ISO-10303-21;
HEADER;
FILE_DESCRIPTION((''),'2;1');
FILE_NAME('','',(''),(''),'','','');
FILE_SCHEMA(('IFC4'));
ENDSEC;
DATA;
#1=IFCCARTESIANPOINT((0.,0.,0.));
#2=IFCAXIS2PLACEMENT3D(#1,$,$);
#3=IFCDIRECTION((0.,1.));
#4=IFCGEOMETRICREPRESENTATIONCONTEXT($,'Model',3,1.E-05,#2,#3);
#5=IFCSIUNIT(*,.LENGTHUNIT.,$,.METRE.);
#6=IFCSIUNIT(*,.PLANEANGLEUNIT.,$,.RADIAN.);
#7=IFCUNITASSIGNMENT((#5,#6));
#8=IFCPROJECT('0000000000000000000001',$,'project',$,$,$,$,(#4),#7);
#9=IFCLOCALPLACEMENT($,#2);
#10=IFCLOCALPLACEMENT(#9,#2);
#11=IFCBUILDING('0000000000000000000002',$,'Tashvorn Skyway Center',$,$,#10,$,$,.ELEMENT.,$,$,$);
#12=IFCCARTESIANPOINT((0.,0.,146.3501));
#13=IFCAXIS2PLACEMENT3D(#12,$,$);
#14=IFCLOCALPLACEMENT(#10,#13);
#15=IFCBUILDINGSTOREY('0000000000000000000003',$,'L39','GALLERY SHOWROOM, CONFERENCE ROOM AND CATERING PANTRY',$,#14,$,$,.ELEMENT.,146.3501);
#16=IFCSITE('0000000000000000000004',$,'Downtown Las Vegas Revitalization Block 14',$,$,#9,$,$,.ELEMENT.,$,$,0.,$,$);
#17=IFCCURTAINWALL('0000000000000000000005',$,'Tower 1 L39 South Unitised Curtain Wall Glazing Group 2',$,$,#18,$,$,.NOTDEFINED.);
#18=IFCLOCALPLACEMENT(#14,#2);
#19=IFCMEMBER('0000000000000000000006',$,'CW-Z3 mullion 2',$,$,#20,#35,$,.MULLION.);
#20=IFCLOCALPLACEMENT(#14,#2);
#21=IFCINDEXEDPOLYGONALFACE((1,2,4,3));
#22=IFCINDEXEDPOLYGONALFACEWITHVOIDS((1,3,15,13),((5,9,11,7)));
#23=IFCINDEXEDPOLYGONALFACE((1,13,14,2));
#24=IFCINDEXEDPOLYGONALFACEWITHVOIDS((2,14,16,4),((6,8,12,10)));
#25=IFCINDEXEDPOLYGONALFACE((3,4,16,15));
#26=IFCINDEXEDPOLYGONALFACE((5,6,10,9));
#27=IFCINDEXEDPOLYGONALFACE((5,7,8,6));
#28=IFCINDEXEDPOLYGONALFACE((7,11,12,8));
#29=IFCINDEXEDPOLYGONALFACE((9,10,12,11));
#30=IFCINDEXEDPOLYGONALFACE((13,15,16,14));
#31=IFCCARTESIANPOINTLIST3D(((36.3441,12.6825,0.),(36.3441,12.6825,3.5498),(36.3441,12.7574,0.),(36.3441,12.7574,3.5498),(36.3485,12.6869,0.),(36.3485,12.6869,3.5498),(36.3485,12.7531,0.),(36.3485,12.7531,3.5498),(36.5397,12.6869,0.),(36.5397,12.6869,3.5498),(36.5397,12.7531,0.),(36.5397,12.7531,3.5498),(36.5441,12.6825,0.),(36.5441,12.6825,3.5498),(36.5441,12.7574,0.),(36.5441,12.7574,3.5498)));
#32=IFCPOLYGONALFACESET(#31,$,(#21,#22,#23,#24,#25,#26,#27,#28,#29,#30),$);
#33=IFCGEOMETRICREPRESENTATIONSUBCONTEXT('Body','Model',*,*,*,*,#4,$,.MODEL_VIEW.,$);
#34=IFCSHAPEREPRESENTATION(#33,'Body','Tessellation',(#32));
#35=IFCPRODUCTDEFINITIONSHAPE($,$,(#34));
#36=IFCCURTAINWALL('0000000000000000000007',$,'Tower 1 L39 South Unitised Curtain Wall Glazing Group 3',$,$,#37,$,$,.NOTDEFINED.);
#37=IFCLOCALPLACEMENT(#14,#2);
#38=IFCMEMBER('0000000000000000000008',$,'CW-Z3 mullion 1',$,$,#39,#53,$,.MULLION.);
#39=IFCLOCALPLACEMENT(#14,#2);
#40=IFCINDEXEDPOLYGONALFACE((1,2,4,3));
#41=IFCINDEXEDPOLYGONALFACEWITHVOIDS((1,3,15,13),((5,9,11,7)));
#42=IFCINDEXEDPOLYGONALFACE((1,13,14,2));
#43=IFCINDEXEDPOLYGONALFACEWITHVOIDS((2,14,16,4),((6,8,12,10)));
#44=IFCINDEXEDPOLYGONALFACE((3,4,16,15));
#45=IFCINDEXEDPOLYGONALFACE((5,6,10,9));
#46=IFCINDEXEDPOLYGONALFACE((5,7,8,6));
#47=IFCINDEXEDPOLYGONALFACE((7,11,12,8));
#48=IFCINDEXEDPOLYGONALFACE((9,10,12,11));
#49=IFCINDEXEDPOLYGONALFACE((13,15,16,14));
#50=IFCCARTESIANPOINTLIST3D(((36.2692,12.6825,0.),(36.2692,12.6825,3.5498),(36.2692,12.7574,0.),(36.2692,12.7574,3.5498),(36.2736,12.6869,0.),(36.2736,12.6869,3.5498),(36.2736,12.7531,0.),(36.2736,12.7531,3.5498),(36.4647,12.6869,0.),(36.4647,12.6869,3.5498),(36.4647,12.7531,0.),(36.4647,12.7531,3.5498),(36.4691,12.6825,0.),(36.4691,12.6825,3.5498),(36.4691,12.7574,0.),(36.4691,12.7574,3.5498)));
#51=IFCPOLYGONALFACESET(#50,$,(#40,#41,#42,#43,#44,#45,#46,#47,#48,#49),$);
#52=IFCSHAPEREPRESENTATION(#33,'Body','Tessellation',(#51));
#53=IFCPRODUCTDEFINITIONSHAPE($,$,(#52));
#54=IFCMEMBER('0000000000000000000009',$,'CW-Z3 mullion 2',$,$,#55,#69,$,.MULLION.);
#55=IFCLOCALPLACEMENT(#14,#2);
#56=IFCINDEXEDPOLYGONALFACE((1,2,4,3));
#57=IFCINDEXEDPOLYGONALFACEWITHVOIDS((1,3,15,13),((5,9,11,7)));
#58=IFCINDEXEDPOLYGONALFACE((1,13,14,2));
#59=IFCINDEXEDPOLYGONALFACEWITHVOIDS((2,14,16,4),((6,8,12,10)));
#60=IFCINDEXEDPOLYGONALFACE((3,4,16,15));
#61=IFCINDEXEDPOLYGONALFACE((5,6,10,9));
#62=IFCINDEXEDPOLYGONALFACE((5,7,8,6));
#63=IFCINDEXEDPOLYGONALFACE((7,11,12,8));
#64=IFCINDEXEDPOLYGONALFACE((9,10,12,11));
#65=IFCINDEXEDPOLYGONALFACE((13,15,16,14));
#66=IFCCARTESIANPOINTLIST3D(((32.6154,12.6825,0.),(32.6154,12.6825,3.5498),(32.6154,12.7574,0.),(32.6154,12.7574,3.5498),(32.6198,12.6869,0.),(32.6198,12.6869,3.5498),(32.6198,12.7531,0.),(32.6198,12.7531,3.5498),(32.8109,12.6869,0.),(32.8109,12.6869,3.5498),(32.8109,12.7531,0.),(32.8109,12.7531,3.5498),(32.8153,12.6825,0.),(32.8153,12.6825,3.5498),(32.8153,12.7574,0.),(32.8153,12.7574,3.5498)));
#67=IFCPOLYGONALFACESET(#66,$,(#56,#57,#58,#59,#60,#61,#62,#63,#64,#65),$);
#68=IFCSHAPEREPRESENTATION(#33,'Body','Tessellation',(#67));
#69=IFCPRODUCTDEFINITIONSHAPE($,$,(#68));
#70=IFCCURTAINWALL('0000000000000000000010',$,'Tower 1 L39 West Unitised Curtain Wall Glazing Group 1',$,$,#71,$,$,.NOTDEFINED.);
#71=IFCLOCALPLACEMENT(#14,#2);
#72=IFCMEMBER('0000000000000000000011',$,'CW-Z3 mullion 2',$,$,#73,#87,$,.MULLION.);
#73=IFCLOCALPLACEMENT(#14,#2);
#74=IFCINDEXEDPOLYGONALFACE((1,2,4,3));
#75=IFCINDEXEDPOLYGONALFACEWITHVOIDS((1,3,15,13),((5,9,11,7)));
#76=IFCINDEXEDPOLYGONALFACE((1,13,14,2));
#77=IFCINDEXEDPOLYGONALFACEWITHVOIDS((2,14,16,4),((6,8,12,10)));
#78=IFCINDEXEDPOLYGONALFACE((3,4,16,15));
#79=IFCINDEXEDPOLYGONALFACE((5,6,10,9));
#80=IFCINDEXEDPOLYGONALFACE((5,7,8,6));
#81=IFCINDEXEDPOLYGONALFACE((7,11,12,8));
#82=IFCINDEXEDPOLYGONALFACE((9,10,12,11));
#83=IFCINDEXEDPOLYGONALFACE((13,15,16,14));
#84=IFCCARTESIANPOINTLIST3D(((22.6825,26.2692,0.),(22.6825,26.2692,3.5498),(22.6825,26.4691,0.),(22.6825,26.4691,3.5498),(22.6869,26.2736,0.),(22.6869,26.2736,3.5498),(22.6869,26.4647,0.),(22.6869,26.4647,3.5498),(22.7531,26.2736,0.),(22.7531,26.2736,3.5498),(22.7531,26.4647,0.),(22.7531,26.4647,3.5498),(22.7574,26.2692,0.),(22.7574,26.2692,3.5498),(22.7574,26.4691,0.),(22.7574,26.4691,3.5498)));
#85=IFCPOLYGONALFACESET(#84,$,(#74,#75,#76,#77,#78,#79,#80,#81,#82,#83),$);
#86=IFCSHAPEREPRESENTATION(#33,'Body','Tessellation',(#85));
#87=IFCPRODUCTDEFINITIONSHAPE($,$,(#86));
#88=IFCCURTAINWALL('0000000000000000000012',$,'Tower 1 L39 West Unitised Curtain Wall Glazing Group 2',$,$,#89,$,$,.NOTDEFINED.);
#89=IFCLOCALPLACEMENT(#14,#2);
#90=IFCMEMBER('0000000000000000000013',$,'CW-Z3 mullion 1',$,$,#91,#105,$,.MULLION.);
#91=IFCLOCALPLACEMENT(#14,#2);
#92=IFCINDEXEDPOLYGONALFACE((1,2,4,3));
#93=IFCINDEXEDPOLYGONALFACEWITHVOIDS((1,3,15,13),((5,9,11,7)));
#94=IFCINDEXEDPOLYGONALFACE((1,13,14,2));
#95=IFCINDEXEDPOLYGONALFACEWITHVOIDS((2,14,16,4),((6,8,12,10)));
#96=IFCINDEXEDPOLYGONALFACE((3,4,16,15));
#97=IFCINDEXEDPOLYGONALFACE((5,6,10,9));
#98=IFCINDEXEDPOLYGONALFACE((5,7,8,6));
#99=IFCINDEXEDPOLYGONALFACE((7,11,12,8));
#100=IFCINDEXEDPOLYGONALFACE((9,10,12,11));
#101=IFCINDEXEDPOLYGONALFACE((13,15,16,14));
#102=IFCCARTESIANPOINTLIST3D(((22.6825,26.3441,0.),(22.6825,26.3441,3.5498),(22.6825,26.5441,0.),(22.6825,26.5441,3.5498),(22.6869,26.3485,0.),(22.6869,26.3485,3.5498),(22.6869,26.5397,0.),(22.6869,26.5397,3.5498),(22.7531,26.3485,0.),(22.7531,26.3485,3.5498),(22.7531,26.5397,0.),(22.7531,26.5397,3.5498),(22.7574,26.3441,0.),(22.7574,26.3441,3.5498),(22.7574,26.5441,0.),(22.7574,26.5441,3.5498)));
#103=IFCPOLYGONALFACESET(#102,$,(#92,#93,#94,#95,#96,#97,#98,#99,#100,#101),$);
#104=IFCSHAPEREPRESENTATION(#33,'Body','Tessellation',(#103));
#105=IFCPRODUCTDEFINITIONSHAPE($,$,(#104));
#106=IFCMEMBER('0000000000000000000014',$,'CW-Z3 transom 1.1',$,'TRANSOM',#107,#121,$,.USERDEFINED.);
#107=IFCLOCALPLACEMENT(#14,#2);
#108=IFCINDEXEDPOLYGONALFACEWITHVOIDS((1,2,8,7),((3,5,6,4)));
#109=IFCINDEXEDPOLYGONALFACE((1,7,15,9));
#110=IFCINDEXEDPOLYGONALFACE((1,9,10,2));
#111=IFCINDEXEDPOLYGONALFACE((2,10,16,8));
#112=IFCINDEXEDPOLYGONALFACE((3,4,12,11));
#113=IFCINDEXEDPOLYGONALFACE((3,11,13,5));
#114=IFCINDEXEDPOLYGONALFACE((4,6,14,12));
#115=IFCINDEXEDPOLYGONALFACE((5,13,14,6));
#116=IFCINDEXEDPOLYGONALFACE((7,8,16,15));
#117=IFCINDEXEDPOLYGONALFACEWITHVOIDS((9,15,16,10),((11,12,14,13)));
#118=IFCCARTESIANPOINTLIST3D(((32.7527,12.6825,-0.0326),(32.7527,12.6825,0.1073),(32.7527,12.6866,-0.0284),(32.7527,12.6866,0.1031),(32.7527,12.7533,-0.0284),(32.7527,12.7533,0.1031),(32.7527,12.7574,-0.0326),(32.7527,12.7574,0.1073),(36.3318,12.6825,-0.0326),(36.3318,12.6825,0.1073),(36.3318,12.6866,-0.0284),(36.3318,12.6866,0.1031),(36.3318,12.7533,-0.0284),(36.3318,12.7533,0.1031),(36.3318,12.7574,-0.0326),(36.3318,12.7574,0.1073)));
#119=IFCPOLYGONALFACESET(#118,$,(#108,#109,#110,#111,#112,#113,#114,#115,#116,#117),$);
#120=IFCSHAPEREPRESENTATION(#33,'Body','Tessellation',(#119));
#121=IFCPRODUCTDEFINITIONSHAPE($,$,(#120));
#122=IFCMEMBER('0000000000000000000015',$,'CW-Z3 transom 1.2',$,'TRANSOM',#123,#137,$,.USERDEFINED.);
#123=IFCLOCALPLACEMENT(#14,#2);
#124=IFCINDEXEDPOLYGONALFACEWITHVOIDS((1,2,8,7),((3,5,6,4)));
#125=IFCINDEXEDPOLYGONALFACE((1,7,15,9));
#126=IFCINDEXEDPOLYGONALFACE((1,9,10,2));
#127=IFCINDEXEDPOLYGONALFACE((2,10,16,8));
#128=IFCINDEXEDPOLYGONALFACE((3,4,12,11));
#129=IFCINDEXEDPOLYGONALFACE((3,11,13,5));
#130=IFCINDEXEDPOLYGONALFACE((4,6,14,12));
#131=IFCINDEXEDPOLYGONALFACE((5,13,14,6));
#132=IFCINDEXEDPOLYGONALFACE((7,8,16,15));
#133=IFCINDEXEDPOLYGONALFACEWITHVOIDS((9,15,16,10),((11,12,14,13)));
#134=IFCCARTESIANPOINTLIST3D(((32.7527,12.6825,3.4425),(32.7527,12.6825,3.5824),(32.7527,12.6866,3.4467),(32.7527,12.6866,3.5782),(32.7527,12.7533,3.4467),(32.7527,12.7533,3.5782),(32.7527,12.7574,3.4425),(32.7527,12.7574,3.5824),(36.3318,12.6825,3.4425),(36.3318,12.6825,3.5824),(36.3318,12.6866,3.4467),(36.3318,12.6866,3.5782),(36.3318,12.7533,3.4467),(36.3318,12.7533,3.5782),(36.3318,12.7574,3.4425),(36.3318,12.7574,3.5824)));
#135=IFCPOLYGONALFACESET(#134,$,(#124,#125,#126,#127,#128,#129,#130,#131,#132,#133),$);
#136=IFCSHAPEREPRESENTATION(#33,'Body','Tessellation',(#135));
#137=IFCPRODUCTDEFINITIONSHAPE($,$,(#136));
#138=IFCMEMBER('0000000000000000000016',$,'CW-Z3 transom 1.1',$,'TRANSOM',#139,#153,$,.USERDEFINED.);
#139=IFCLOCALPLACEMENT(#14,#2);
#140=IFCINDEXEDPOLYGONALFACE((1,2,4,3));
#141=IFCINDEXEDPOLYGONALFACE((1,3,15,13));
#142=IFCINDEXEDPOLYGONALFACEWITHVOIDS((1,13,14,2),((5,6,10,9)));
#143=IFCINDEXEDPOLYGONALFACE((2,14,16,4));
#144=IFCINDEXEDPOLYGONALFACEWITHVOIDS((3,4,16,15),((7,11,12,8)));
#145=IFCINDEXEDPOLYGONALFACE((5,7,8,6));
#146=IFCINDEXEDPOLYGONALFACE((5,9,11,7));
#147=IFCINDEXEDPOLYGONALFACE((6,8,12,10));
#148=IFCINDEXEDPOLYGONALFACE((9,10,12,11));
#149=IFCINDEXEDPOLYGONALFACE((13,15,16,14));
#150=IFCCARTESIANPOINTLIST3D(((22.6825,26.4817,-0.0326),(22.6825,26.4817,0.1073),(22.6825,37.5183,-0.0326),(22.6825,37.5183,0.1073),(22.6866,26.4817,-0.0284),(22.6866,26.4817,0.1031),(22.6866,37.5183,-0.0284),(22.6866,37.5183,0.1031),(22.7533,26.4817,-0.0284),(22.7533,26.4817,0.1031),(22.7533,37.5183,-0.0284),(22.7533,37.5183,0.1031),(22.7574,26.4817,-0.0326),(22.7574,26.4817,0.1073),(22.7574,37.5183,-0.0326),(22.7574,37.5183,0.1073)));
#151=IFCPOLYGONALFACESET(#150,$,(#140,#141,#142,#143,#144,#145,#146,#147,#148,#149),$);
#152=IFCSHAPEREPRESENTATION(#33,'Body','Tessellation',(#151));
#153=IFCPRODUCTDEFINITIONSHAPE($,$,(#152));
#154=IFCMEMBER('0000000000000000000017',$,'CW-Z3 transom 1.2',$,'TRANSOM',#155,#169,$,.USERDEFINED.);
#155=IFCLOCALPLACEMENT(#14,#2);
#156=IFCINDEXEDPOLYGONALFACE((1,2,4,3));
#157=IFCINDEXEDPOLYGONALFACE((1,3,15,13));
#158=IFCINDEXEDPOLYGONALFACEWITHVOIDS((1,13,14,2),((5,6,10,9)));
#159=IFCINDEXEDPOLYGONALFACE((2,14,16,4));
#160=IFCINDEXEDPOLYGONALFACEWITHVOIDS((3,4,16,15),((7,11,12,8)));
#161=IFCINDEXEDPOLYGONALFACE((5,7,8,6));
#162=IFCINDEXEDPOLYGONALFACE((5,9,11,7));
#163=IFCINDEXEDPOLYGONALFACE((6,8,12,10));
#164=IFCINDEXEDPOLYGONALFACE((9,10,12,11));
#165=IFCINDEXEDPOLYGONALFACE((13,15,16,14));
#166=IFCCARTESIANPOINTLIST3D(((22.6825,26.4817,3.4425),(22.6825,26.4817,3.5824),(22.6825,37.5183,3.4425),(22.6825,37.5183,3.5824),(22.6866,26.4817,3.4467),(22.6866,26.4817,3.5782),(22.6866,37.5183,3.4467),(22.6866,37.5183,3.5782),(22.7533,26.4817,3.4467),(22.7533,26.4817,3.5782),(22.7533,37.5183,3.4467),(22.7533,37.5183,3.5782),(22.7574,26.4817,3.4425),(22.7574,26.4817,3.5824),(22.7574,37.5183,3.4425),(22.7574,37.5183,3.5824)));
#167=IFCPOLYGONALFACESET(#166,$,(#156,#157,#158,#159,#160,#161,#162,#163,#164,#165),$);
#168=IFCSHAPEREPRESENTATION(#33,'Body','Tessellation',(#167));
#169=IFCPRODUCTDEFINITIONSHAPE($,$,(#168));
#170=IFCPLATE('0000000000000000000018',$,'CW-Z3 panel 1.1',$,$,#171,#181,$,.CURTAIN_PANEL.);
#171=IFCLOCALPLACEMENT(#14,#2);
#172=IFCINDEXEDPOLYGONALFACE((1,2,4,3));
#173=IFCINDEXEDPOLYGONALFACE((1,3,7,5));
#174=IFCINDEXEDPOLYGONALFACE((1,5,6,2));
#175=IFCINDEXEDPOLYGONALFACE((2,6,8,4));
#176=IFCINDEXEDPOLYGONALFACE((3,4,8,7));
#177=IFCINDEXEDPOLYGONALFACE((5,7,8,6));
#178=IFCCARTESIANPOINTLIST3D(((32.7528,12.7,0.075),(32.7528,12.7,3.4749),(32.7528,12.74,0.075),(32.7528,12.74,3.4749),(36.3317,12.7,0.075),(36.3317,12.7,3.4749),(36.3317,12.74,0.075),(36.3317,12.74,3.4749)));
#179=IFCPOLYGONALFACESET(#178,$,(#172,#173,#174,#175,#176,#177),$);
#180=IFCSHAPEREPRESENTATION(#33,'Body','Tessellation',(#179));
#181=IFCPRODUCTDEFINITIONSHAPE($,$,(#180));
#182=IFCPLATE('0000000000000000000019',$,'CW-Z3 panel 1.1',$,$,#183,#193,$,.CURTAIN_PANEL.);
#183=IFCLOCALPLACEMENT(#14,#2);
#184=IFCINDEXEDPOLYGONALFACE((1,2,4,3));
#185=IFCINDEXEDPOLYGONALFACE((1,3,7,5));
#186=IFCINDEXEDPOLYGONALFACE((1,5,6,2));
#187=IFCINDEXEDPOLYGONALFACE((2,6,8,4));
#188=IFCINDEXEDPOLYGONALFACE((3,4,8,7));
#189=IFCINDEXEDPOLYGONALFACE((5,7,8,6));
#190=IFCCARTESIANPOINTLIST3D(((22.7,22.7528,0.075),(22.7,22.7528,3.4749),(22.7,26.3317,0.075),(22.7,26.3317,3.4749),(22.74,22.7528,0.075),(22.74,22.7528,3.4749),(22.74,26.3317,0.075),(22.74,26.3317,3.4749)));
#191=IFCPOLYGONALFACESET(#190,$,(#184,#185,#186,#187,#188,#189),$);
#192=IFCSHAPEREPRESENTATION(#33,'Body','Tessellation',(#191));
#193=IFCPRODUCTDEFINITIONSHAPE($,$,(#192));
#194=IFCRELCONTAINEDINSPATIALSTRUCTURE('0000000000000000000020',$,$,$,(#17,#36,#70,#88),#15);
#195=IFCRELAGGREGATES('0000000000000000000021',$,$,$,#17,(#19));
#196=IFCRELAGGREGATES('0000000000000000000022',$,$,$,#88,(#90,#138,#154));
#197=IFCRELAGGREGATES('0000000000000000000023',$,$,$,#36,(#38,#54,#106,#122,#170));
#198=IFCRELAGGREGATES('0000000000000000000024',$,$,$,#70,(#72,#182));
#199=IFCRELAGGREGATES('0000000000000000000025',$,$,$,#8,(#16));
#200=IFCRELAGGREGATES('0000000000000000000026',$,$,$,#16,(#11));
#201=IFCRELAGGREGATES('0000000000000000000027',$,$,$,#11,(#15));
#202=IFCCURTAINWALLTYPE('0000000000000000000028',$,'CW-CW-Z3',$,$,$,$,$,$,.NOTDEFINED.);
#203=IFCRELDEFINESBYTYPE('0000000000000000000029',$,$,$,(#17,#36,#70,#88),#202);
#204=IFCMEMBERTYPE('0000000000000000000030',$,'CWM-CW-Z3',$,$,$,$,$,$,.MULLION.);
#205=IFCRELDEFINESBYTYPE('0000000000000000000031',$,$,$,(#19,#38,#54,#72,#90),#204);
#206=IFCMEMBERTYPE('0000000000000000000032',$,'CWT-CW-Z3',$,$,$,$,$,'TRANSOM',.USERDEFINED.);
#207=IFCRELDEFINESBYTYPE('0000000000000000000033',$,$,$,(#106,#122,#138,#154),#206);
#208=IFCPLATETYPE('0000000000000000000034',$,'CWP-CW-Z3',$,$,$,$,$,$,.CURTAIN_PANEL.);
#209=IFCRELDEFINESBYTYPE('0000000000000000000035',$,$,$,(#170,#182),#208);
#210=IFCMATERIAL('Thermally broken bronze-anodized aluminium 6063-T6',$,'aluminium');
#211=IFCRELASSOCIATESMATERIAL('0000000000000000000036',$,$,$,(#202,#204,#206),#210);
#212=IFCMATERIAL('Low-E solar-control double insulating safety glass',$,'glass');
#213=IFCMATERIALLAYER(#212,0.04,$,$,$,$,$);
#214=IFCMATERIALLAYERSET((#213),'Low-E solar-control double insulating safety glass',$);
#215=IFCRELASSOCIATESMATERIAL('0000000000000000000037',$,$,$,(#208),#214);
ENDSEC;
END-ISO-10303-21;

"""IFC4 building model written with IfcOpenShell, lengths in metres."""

from ifc_helpers import new_model, si_unit, direction, frame, origin, origin_2d, place, context, subcontext, project, spatial, rectangle, hollow_rectangle, extrude, material, layer, layer_set, material_profile, profile_set, type_object, element, aggregate, save


model = new_model("IFC4")

# Units and contexts
model_context = context("Model", 3, precision=1e-05, world=origin(), true_north=direction((0.0, 1.0)))
body_context = subcontext(model_context, "Body", "Model", "MODEL_VIEW")
ifc_project = project(units=[si_unit("LENGTHUNIT", "METRE"), si_unit("PLANEANGLEUNIT", "RADIAN")], contexts=[model_context])

# Site, building, storey
site_placement = place(None, origin())
site = spatial("IfcSite", under=ifc_project, at=site_placement, Name="Downtown Las Vegas Revitalization Block 14", CompositionType="ELEMENT", RefElevation=0.0)
building_placement = place(site_placement, origin())
building = spatial("IfcBuilding", under=site, at=building_placement, Name="Tashvorn Skyway Center", CompositionType="ELEMENT")
storey_placement = place(building_placement, frame((0.0, 0.0, 146.3501)))
storey = spatial("IfcBuildingStorey", under=building, at=storey_placement, Name="L39", Description="GALLERY SHOWROOM, CONFERENCE ROOM AND CATERING PANTRY", CompositionType="ELEMENT", Elevation=146.3501)

# Curtain wall, member
ifc_material_1 = material(Name="Thermally broken bronze-anodized aluminium 6063-T6", Category="aluminium")
curtain_wall_type = type_object("IfcCurtainWallType", Name="CW-CW-Z3", PredefinedType="NOTDEFINED", material=ifc_material_1)
curtain_wall_1_placement = place(storey_placement, origin())
curtain_wall_1 = element("IfcCurtainWall", 1, at=curtain_wall_1_placement, inside=storey, type_object=curtain_wall_type, Name="Tower 1 L39 South Unitised Curtain Wall Glazing Group 2", PredefinedType="NOTDEFINED")
ifc_material_profile_1 = material_profile(ifc_material_1, hollow_rectangle(XDim=0.075, YDim=0.2, WallThickness=0.0044, at=origin_2d()), Name="ALU-MULL-75x200")
ifc_profile_set_1 = profile_set([ifc_material_profile_1], Name="Thermally broken bronze-anodized aluminium 6063-T6")
member_type_1 = type_object("IfcMemberType", Name="CWM-CW-Z3", PredefinedType="MULLION", material=ifc_profile_set_1)
member_1_placement = place(storey_placement, frame((36.4441, 12.72, 0.0), z_axis=(0.0, 0.0, 1.0), x_axis=(0.0, -1.0, 0.0)))
member_1 = element("IfcMember", 2, at=member_1_placement, type_object=member_type_1, Name="CW-Z3 mullion 2", PredefinedType="MULLION", context=body_context, shape_type="SweptSolid", body=[
    extrude(hollow_rectangle(XDim=0.075, YDim=0.2, WallThickness=0.0044, at=origin_2d()), origin(), (0.0, 0.0, 1.0), 3.5498),
])
aggregate(curtain_wall_1, [member_1])

# Curtain wall, members
curtain_wall_2_placement = place(storey_placement, origin())
curtain_wall_2 = element("IfcCurtainWall", 3, at=curtain_wall_2_placement, inside=storey, type_object=curtain_wall_type, Name="Tower 1 L39 South Unitised Curtain Wall Glazing Group 3", PredefinedType="NOTDEFINED")
member_2_placement = place(storey_placement, frame((36.3691, 12.72, 0.0), z_axis=(0.0, 0.0, 1.0), x_axis=(0.0, -1.0, 0.0)))
member_2 = element("IfcMember", 4, at=member_2_placement, type_object=member_type_1, Name="CW-Z3 mullion 1", PredefinedType="MULLION", context=body_context, shape_type="SweptSolid", body=[
    extrude(hollow_rectangle(XDim=0.075, YDim=0.2, WallThickness=0.0044, at=origin_2d()), origin(), (0.0, 0.0, 1.0), 3.5498),
])
member_3_placement = place(storey_placement, frame((32.7153, 12.72, 0.0), z_axis=(0.0, 0.0, 1.0), x_axis=(0.0, -1.0, 0.0)))
member_3 = element("IfcMember", 5, at=member_3_placement, type_object=member_type_1, Name="CW-Z3 mullion 2", PredefinedType="MULLION", context=body_context, shape_type="SweptSolid", body=[
    extrude(hollow_rectangle(XDim=0.075, YDim=0.2, WallThickness=0.0044, at=origin_2d()), origin(), (0.0, 0.0, 1.0), 3.5498),
])

# Curtain walls, members
curtain_wall_3_placement = place(storey_placement, origin())
curtain_wall_3 = element("IfcCurtainWall", 6, at=curtain_wall_3_placement, inside=storey, type_object=curtain_wall_type, Name="Tower 1 L39 West Unitised Curtain Wall Glazing Group 1", PredefinedType="NOTDEFINED")
member_4_placement = place(storey_placement, frame((22.72, 26.3691, 0.0), z_axis=(0.0, 0.0, 1.0), x_axis=(-1.0, 0.0, 0.0)))
member_4 = element("IfcMember", 7, at=member_4_placement, type_object=member_type_1, Name="CW-Z3 mullion 2", PredefinedType="MULLION", context=body_context, shape_type="SweptSolid", body=[
    extrude(hollow_rectangle(XDim=0.075, YDim=0.2, WallThickness=0.0044, at=origin_2d()), origin(), (0.0, 0.0, 1.0), 3.5498),
])
curtain_wall_4_placement = place(storey_placement, origin())
curtain_wall_4 = element("IfcCurtainWall", 8, at=curtain_wall_4_placement, inside=storey, type_object=curtain_wall_type, Name="Tower 1 L39 West Unitised Curtain Wall Glazing Group 2", PredefinedType="NOTDEFINED")
member_5_placement = place(storey_placement, frame((22.72, 26.4441, 0.0), z_axis=(0.0, 0.0, 1.0), x_axis=(-1.0, 0.0, 0.0)))
member_5 = element("IfcMember", 9, at=member_5_placement, type_object=member_type_1, Name="CW-Z3 mullion 1", PredefinedType="MULLION", context=body_context, shape_type="SweptSolid", body=[
    extrude(hollow_rectangle(XDim=0.075, YDim=0.2, WallThickness=0.0044, at=origin_2d()), origin(), (0.0, 0.0, 1.0), 3.5498),
])

# Members
ifc_material_profile_2 = material_profile(ifc_material_1, hollow_rectangle(XDim=0.075, YDim=0.1399, WallThickness=0.0042, at=origin_2d()), Name="ALU-TRAN-75x140")
ifc_profile_set_2 = profile_set([ifc_material_profile_2], Name="Thermally broken bronze-anodized aluminium 6063-T6")
member_type_2 = type_object("IfcMemberType", Name="CWT-CW-Z3", ElementType="TRANSOM", PredefinedType="USERDEFINED", material=ifc_profile_set_2)
member_6_placement = place(storey_placement, frame((36.3318, 12.72, 0.0374), z_axis=(-1.0, 0.0, 0.0), x_axis=(0.0, -1.0, 0.0)))
member_6 = element("IfcMember", 10, at=member_6_placement, type_object=member_type_2, Name="CW-Z3 transom 1.1", ObjectType="TRANSOM", PredefinedType="USERDEFINED", context=body_context, shape_type="SweptSolid", body=[
    extrude(hollow_rectangle(XDim=0.075, YDim=0.1399, WallThickness=0.0042, at=origin_2d()), origin(), (0.0, 0.0, 1.0), 3.5791),
])
member_7_placement = place(storey_placement, frame((36.3318, 12.72, 3.5125), z_axis=(-1.0, 0.0, 0.0), x_axis=(0.0, -1.0, 0.0)))
member_7 = element("IfcMember", 11, at=member_7_placement, type_object=member_type_2, Name="CW-Z3 transom 1.2", ObjectType="TRANSOM", PredefinedType="USERDEFINED", context=body_context, shape_type="SweptSolid", body=[
    extrude(hollow_rectangle(XDim=0.075, YDim=0.1399, WallThickness=0.0042, at=origin_2d()), origin(), (0.0, 0.0, 1.0), 3.5791),
])
member_8_placement = place(storey_placement, frame((22.72, 26.4817, 0.0374), z_axis=(0.0, 1.0, 0.0), x_axis=(-1.0, 0.0, 0.0)))
member_8 = element("IfcMember", 12, at=member_8_placement, type_object=member_type_2, Name="CW-Z3 transom 1.1", ObjectType="TRANSOM", PredefinedType="USERDEFINED", context=body_context, shape_type="SweptSolid", body=[
    extrude(hollow_rectangle(XDim=0.075, YDim=0.1399, WallThickness=0.0042, at=origin_2d()), origin(), (0.0, 0.0, 1.0), 11.0366),
])
member_9_placement = place(storey_placement, frame((22.72, 26.4817, 3.5125), z_axis=(0.0, 1.0, 0.0), x_axis=(-1.0, 0.0, 0.0)))
member_9 = element("IfcMember", 13, at=member_9_placement, type_object=member_type_2, Name="CW-Z3 transom 1.2", ObjectType="TRANSOM", PredefinedType="USERDEFINED", context=body_context, shape_type="SweptSolid", body=[
    extrude(hollow_rectangle(XDim=0.075, YDim=0.1399, WallThickness=0.0042, at=origin_2d()), origin(), (0.0, 0.0, 1.0), 11.0366),
])
aggregate(curtain_wall_4, [member_5, member_8, member_9])

# Plates
ifc_material_2 = material(Name="Low-E solar-control double insulating safety glass", Category="glass")
ifc_layer_1 = layer(ifc_material_2, 0.04)
ifc_layer_set_1 = layer_set([ifc_layer_1], Name="Low-E solar-control double insulating safety glass")
plate_type = type_object("IfcPlateType", Name="CWP-CW-Z3", PredefinedType="CURTAIN_PANEL", material=ifc_layer_set_1)
plate_1_placement = place(storey_placement, frame((34.5422, 12.72, 0.075), z_axis=(0.0, 0.0, 1.0), x_axis=(-1.0, 0.0, 0.0)))
plate_1 = element("IfcPlate", 14, at=plate_1_placement, type_object=plate_type, Name="CW-Z3 panel 1.1", PredefinedType="CURTAIN_PANEL", context=body_context, shape_type="SweptSolid", body=[
    extrude(rectangle(XDim=3.5789, YDim=0.04, at=origin_2d()), origin(), (0.0, 0.0, 1.0), 3.3999),
])
aggregate(curtain_wall_2, [member_2, member_3, member_6, member_7, plate_1])
plate_2_placement = place(storey_placement, frame((22.72, 24.5422, 0.075), z_axis=(0.0, 0.0, 1.0), x_axis=(0.0, 1.0, 0.0)))
plate_2 = element("IfcPlate", 15, at=plate_2_placement, type_object=plate_type, Name="CW-Z3 panel 1.1", PredefinedType="CURTAIN_PANEL", context=body_context, shape_type="SweptSolid", body=[
    extrude(rectangle(XDim=3.5789, YDim=0.04, at=origin_2d()), origin(), (0.0, 0.0, 1.0), 3.3999),
])
aggregate(curtain_wall_3, [member_4, plate_2])

save(model, "model.ifc")
